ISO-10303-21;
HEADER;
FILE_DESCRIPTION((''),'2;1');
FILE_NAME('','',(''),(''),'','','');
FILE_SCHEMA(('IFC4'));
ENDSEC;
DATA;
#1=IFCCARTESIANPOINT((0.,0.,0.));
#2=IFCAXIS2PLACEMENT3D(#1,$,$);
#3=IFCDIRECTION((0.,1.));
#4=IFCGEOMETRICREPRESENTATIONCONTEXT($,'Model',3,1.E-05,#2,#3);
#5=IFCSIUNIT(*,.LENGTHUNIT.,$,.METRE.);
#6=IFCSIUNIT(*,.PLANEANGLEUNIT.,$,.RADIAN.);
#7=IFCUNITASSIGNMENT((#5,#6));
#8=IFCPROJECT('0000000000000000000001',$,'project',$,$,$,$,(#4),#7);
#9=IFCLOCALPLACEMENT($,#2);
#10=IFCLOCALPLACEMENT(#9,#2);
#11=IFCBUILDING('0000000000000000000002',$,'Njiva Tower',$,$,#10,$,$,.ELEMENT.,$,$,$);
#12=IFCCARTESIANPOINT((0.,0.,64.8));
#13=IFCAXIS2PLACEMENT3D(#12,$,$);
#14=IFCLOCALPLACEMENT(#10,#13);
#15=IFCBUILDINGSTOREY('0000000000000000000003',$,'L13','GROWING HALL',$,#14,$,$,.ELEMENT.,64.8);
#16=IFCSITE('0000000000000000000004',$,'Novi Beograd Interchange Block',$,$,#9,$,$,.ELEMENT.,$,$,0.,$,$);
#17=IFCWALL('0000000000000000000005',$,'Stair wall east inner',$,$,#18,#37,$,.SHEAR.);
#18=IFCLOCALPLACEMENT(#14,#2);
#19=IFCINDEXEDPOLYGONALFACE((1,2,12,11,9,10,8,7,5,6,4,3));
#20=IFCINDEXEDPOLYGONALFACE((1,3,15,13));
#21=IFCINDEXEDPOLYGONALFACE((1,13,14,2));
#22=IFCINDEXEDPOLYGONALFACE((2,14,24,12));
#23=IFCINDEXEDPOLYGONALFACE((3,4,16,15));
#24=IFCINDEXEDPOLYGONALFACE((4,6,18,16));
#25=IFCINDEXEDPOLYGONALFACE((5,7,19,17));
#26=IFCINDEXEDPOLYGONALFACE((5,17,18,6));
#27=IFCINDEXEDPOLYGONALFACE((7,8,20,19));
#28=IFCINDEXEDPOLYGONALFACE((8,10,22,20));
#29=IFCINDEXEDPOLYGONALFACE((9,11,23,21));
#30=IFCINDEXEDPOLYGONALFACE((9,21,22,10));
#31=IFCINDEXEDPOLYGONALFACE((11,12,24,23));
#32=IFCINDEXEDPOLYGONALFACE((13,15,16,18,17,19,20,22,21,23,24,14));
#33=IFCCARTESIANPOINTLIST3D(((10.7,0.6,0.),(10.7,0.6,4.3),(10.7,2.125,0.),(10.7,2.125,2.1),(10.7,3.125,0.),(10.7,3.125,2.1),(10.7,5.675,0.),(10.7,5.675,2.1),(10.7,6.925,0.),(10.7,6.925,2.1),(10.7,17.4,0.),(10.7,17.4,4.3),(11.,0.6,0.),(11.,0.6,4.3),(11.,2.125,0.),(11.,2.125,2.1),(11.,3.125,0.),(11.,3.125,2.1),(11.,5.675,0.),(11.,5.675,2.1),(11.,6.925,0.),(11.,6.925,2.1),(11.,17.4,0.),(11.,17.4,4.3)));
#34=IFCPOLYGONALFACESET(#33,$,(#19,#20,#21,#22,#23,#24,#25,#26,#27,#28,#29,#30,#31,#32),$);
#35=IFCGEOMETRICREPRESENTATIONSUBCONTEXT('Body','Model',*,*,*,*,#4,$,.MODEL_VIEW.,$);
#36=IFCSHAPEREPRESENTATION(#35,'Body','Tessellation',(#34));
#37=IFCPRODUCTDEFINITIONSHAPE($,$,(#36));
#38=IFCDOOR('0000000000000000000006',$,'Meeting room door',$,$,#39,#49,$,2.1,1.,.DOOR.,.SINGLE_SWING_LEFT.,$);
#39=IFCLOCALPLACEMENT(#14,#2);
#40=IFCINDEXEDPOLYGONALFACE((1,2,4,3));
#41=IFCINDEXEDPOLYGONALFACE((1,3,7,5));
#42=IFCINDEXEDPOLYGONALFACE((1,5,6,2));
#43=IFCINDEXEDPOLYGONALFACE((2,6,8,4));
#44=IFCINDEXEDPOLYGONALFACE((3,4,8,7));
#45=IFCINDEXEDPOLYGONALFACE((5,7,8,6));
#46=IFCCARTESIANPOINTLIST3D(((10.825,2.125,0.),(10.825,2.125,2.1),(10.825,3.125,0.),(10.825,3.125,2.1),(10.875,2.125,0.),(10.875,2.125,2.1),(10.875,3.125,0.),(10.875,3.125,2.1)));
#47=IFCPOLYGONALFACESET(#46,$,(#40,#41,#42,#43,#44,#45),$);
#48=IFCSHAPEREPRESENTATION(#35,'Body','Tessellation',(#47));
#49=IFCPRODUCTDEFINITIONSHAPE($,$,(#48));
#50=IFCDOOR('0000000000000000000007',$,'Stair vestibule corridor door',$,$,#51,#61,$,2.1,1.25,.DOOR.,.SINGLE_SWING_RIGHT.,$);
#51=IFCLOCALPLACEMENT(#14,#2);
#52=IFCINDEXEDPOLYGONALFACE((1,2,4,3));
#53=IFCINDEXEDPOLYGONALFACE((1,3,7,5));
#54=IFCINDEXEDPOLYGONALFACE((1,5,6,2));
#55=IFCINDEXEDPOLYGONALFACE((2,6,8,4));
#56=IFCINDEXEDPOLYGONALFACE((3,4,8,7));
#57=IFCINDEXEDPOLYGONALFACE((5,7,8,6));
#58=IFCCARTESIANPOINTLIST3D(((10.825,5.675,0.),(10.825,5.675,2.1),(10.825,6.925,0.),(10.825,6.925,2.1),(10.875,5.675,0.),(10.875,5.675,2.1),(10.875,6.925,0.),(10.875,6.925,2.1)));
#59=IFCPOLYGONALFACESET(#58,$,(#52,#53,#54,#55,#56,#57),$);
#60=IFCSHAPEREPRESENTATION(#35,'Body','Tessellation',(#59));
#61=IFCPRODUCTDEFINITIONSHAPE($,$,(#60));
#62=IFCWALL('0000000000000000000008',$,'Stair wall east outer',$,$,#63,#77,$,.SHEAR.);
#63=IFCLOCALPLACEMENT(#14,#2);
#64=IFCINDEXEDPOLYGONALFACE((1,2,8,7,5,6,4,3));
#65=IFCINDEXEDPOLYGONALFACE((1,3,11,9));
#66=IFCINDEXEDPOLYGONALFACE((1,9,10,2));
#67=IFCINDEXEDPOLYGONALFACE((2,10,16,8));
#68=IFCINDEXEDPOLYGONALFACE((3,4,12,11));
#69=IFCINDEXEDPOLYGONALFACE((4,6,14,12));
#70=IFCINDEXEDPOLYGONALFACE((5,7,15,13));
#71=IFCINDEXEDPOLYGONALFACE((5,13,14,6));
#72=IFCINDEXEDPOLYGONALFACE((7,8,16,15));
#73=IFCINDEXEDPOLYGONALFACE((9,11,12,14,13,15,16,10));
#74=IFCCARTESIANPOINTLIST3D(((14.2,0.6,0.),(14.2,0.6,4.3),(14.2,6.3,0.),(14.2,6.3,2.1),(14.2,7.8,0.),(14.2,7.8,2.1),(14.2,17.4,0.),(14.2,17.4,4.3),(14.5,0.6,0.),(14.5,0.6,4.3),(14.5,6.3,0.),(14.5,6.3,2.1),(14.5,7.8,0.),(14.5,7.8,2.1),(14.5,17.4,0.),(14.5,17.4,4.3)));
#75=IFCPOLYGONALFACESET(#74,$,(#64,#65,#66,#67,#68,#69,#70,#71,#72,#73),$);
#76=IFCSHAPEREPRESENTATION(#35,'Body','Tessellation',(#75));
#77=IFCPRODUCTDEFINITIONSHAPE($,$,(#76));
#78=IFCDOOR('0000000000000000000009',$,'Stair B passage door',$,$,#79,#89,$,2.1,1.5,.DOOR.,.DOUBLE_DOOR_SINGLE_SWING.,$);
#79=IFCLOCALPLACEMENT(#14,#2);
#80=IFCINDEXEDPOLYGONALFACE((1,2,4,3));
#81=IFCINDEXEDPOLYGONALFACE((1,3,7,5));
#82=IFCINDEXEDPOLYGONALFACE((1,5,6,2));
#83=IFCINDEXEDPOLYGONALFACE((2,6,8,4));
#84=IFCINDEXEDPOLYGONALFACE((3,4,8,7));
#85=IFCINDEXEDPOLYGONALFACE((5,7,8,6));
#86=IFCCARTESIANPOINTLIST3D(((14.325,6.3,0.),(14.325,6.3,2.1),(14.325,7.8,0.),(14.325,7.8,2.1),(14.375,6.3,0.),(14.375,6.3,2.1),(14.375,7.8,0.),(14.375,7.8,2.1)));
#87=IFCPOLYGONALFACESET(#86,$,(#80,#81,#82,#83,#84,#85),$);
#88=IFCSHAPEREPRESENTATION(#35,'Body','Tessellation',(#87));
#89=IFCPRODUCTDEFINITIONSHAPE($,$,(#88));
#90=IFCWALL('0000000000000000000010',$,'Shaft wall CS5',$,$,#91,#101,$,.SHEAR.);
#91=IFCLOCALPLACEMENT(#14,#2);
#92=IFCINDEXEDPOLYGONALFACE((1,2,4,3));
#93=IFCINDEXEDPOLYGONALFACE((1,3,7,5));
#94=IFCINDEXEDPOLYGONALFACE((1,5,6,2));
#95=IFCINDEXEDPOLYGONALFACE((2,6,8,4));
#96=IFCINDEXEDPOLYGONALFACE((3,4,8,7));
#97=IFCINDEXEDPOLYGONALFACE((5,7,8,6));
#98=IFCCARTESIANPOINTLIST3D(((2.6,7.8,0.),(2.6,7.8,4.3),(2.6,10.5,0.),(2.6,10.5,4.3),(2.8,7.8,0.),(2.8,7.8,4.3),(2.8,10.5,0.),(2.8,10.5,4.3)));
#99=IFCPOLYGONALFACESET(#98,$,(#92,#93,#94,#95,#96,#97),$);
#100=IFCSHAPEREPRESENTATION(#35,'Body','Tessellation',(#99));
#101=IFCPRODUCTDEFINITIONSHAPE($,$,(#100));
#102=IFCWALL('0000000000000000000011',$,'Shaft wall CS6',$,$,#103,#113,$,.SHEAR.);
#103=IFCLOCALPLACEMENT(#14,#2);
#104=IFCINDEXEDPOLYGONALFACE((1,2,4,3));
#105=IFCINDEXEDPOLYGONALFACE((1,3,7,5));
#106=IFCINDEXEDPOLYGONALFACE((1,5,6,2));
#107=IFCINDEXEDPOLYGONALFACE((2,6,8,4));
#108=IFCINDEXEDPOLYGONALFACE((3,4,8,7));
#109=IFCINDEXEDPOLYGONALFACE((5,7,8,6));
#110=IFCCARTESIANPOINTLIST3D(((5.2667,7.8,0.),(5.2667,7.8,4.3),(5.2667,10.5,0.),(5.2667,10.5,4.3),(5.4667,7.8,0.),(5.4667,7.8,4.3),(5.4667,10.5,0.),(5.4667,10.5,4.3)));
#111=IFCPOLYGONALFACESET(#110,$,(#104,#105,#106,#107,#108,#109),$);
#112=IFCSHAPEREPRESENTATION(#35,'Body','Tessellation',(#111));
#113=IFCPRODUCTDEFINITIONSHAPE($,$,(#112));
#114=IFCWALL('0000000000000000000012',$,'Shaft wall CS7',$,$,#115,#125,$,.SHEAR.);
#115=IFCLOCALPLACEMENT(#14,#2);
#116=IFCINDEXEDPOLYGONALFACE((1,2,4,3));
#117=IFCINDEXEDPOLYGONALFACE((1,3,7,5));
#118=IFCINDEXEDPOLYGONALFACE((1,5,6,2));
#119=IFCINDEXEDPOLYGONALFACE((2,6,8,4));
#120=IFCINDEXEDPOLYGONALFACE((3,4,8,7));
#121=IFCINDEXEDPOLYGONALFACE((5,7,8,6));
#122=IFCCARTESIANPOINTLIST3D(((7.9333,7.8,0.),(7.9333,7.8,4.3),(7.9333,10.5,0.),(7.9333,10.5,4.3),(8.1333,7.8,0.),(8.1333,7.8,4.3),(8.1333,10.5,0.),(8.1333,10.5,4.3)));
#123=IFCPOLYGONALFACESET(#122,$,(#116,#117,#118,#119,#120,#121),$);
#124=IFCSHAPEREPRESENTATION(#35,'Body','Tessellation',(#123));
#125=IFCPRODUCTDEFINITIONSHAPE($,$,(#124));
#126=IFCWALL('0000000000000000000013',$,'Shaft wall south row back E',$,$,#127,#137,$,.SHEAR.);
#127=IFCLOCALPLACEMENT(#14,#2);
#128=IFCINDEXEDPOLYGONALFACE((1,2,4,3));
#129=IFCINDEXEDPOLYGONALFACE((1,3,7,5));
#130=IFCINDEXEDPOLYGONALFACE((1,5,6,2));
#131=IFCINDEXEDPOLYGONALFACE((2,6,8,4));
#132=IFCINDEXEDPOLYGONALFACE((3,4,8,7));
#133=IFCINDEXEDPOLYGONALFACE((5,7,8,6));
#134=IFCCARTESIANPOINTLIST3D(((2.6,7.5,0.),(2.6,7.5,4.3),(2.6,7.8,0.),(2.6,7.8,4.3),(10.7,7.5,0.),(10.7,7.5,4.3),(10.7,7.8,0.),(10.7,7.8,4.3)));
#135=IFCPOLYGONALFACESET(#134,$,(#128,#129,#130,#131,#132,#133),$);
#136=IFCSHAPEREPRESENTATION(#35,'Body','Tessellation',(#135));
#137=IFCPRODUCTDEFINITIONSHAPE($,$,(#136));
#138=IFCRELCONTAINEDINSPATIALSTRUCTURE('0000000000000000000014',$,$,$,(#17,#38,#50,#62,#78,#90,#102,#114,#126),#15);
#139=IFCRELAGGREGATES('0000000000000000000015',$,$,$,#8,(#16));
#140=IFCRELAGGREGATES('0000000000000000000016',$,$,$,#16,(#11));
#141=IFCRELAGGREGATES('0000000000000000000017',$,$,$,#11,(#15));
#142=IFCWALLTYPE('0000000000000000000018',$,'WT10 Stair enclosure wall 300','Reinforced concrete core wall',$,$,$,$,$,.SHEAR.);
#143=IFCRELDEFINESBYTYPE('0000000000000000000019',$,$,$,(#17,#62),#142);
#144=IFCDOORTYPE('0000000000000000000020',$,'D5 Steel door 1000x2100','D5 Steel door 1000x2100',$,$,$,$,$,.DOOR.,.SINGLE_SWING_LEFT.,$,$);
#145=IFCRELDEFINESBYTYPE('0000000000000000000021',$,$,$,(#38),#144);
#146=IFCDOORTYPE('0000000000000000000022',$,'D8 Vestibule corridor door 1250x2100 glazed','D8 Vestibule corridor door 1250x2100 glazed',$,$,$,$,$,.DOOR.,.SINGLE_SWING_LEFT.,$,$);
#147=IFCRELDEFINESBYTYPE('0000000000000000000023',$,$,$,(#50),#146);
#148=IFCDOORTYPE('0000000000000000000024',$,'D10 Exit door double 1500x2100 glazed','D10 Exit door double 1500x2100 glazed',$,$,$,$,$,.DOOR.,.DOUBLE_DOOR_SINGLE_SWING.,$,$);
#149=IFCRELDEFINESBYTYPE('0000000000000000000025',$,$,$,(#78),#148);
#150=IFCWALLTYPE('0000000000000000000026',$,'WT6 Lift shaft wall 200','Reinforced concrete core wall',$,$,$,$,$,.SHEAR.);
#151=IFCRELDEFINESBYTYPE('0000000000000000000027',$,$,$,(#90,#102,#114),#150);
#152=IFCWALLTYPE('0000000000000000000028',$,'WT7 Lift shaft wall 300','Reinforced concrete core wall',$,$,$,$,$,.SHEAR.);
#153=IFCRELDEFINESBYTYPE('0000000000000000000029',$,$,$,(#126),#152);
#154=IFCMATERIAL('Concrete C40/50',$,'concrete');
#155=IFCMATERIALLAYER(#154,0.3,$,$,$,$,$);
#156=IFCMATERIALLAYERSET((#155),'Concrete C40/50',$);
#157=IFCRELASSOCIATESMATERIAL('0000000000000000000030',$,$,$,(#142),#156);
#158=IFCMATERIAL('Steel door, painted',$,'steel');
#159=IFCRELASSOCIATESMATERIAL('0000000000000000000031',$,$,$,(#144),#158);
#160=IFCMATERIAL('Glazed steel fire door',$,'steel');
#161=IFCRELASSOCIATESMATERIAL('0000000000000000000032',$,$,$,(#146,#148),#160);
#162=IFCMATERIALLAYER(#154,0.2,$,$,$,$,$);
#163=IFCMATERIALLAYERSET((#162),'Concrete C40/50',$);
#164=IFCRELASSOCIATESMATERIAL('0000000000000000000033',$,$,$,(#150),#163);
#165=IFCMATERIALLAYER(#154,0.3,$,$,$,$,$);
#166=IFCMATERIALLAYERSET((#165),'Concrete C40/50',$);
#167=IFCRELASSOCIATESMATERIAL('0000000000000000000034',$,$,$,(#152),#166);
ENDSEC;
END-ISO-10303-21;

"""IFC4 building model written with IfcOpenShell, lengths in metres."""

from ifc_helpers import new_model, si_unit, direction, frame, frame_2d, origin, place, context, subcontext, project, spatial, rectangle, extrude, material, layer, layer_set, type_object, element, fill, save


model = new_model("IFC4")

# Units and contexts
model_context = context("Model", 3, precision=1e-05, world=origin(), true_north=direction((0.0, 1.0)))
body_context = subcontext(model_context, "Body", "Model", "MODEL_VIEW")
ifc_project = project(units=[si_unit("LENGTHUNIT", "METRE"), si_unit("PLANEANGLEUNIT", "RADIAN")], contexts=[model_context])

# Site, building, storey
site_placement = place(None, origin())
site = spatial("IfcSite", under=ifc_project, at=site_placement, Name="Novi Beograd Interchange Block", CompositionType="ELEMENT", RefElevation=0.0)
building_placement = place(site_placement, origin())
building = spatial("IfcBuilding", under=site, at=building_placement, Name="Njiva Tower", CompositionType="ELEMENT")
storey_placement = place(building_placement, frame((0.0, 0.0, 64.8)))
storey = spatial("IfcBuildingStorey", under=building, at=storey_placement, Name="L13", Description="GROWING HALL", CompositionType="ELEMENT", Elevation=64.8)

# Shared definitions
ifc_material_1 = material(Name="Concrete C40/50", Category="concrete")

# Wall, openings, doors
ifc_layer_1 = layer(ifc_material_1, 0.3)
ifc_layer_set_1 = layer_set([ifc_layer_1], Name="Concrete C40/50")
wall_type_1 = type_object("IfcWallType", Name="WT10 Stair enclosure wall 300", Description="Reinforced concrete core wall", PredefinedType="SHEAR", material=ifc_layer_set_1)
wall_1_placement = place(storey_placement, frame((10.85, 0.6, 0.0), z_axis=(0.0, 0.0, 1.0), x_axis=(0.0, 1.0, 0.0)))
wall_1 = element("IfcWall", 1, at=wall_1_placement, inside=storey, type_object=wall_type_1, Name="Stair wall east inner", PredefinedType="SHEAR", context=body_context, shape_type="SweptSolid", body=[
    extrude(rectangle(XDim=16.8, YDim=0.3, at=frame_2d((8.4, 0.0))), origin(), (0.0, 0.0, 1.0), 4.3),
])
opening_1_placement = place(wall_1_placement, frame((5.075, 0.0, 0.0)))
opening_1 = element("IfcOpeningElement", 2, at=opening_1_placement, cuts=wall_1, PredefinedType="OPENING", context=body_context, shape_type="SweptSolid", body=[
    extrude(rectangle(XDim=1.25, YDim=2.1, at=frame_2d((0.625, 1.05))), frame((0.0, 0.16, 0.0), z_axis=(0.0, -1.0, 0.0), x_axis=(1.0, 0.0, 0.0)), (0.0, 0.0, 1.0), 0.32),
])
opening_2_placement = place(wall_1_placement, frame((1.525, 0.0, 0.0)))
opening_2 = element("IfcOpeningElement", 3, at=opening_2_placement, cuts=wall_1, PredefinedType="OPENING", context=body_context, shape_type="SweptSolid", body=[
    extrude(rectangle(XDim=1.0, YDim=2.1, at=frame_2d((0.5, 1.05))), frame((0.0, 0.16, 0.0), z_axis=(0.0, -1.0, 0.0), x_axis=(1.0, 0.0, 0.0)), (0.0, 0.0, 1.0), 0.32),
])
ifc_material_2 = material(Name="Steel door, painted", Category="steel")
door_type_1 = type_object("IfcDoorType", Name="D5 Steel door 1000x2100", Description="D5 Steel door 1000x2100", OperationType="SINGLE_SWING_LEFT", PredefinedType="DOOR", material=ifc_material_2)
door_1_placement = place(opening_2_placement, origin())
door_1 = element("IfcDoor", 4, at=door_1_placement, inside=storey, type_object=door_type_1, Name="Meeting room door", OperationType="SINGLE_SWING_LEFT", OverallHeight=2.1, OverallWidth=1.0, PredefinedType="DOOR", context=body_context, shape_type="SweptSolid", body=[
    extrude(rectangle(XDim=1.0, YDim=2.1, at=frame_2d((0.5, 1.05))), frame((0.0, 0.025, 0.0), z_axis=(0.0, -1.0, 0.0), x_axis=(1.0, 0.0, 0.0)), (0.0, 0.0, 1.0), 0.05),
])
fill(opening_2, door_1)
ifc_material_3 = material(Name="Glazed steel fire door", Category="steel")
door_type_2 = type_object("IfcDoorType", Name="D8 Vestibule corridor door 1250x2100 glazed", Description="D8 Vestibule corridor door 1250x2100 glazed", OperationType="SINGLE_SWING_LEFT", PredefinedType="DOOR", material=ifc_material_3)
door_2_placement = place(opening_1_placement, origin())
door_2 = element("IfcDoor", 5, at=door_2_placement, inside=storey, type_object=door_type_2, Name="Stair vestibule corridor door", OperationType="SINGLE_SWING_RIGHT", OverallHeight=2.1, OverallWidth=1.25, PredefinedType="DOOR", context=body_context, shape_type="SweptSolid", body=[
    extrude(rectangle(XDim=1.25, YDim=2.1, at=frame_2d((0.625, 1.05))), frame((0.0, 0.025, 0.0), z_axis=(0.0, -1.0, 0.0), x_axis=(1.0, 0.0, 0.0)), (0.0, 0.0, 1.0), 0.05),
])
fill(opening_1, door_2)

# Wall, opening, door
wall_2_placement = place(storey_placement, frame((14.35, 0.6, 0.0), z_axis=(0.0, 0.0, 1.0), x_axis=(0.0, 1.0, 0.0)))
wall_2 = element("IfcWall", 6, at=wall_2_placement, inside=storey, type_object=wall_type_1, Name="Stair wall east outer", PredefinedType="SHEAR", context=body_context, shape_type="SweptSolid", body=[
    extrude(rectangle(XDim=16.8, YDim=0.3, at=frame_2d((8.4, 0.0))), origin(), (0.0, 0.0, 1.0), 4.3),
])
opening_3_placement = place(wall_2_placement, frame((5.7, 0.0, 0.0)))
opening_3 = element("IfcOpeningElement", 7, at=opening_3_placement, cuts=wall_2, PredefinedType="OPENING", context=body_context, shape_type="SweptSolid", body=[
    extrude(rectangle(XDim=1.5, YDim=2.1, at=frame_2d((0.75, 1.05))), frame((0.0, 0.16, 0.0), z_axis=(0.0, -1.0, 0.0), x_axis=(1.0, 0.0, 0.0)), (0.0, 0.0, 1.0), 0.32),
])
door_type_3 = type_object("IfcDoorType", Name="D10 Exit door double 1500x2100 glazed", Description="D10 Exit door double 1500x2100 glazed", OperationType="DOUBLE_DOOR_SINGLE_SWING", PredefinedType="DOOR", material=ifc_material_3)
door_3_placement = place(opening_3_placement, origin())
door_3 = element("IfcDoor", 8, at=door_3_placement, inside=storey, type_object=door_type_3, Name="Stair B passage door", OperationType="DOUBLE_DOOR_SINGLE_SWING", OverallHeight=2.1, OverallWidth=1.5, PredefinedType="DOOR", context=body_context, shape_type="SweptSolid", body=[
    extrude(rectangle(XDim=1.5, YDim=2.1, at=frame_2d((0.75, 1.05))), frame((0.0, 0.025, 0.0), z_axis=(0.0, -1.0, 0.0), x_axis=(1.0, 0.0, 0.0)), (0.0, 0.0, 1.0), 0.05),
])
fill(opening_3, door_3)

# Walls
ifc_layer_2 = layer(ifc_material_1, 0.2)
ifc_layer_set_2 = layer_set([ifc_layer_2], Name="Concrete C40/50")
wall_type_2 = type_object("IfcWallType", Name="WT6 Lift shaft wall 200", Description="Reinforced concrete core wall", PredefinedType="SHEAR", material=ifc_layer_set_2)
for number, where, z_axis, x_axis, name in (
    (9, (2.7, 7.8, 0.0), (0.0, 0.0, 1.0), (0.0, 1.0, 0.0), "Shaft wall CS5"),
    (10, (5.3667, 7.8, 0.0), (0.0, 0.0, 1.0), (0.0, 1.0, 0.0), "Shaft wall CS6"),
    (11, (8.0333, 7.8, 0.0), (0.0, 0.0, 1.0), (0.0, 1.0, 0.0), "Shaft wall CS7"),
):
    element("IfcWall", number, at=place(storey_placement, frame(where, z_axis=z_axis, x_axis=x_axis)), inside=storey, type_object=wall_type_2, Name=name, PredefinedType="SHEAR", context=body_context, shape_type="SweptSolid", body=[
        extrude(rectangle(XDim=2.7, YDim=0.2, at=frame_2d((1.35, 0.0))), origin(), (0.0, 0.0, 1.0), 4.3),
    ])
ifc_layer_3 = layer(ifc_material_1, 0.3)
ifc_layer_set_3 = layer_set([ifc_layer_3], Name="Concrete C40/50")
wall_type_3 = type_object("IfcWallType", Name="WT7 Lift shaft wall 300", Description="Reinforced concrete core wall", PredefinedType="SHEAR", material=ifc_layer_set_3)
wall_3_placement = place(storey_placement, frame((2.6, 7.65, 0.0), z_axis=(0.0, 0.0, 1.0), x_axis=(1.0, 0.0, 0.0)))
element("IfcWall", 12, at=wall_3_placement, inside=storey, type_object=wall_type_3, Name="Shaft wall south row back E", PredefinedType="SHEAR", context=body_context, shape_type="SweptSolid", body=[
    extrude(rectangle(XDim=8.1, YDim=0.3, at=frame_2d((4.05, 0.0))), origin(), (0.0, 0.0, 1.0), 4.3),
])

save(model, "model.ifc")
